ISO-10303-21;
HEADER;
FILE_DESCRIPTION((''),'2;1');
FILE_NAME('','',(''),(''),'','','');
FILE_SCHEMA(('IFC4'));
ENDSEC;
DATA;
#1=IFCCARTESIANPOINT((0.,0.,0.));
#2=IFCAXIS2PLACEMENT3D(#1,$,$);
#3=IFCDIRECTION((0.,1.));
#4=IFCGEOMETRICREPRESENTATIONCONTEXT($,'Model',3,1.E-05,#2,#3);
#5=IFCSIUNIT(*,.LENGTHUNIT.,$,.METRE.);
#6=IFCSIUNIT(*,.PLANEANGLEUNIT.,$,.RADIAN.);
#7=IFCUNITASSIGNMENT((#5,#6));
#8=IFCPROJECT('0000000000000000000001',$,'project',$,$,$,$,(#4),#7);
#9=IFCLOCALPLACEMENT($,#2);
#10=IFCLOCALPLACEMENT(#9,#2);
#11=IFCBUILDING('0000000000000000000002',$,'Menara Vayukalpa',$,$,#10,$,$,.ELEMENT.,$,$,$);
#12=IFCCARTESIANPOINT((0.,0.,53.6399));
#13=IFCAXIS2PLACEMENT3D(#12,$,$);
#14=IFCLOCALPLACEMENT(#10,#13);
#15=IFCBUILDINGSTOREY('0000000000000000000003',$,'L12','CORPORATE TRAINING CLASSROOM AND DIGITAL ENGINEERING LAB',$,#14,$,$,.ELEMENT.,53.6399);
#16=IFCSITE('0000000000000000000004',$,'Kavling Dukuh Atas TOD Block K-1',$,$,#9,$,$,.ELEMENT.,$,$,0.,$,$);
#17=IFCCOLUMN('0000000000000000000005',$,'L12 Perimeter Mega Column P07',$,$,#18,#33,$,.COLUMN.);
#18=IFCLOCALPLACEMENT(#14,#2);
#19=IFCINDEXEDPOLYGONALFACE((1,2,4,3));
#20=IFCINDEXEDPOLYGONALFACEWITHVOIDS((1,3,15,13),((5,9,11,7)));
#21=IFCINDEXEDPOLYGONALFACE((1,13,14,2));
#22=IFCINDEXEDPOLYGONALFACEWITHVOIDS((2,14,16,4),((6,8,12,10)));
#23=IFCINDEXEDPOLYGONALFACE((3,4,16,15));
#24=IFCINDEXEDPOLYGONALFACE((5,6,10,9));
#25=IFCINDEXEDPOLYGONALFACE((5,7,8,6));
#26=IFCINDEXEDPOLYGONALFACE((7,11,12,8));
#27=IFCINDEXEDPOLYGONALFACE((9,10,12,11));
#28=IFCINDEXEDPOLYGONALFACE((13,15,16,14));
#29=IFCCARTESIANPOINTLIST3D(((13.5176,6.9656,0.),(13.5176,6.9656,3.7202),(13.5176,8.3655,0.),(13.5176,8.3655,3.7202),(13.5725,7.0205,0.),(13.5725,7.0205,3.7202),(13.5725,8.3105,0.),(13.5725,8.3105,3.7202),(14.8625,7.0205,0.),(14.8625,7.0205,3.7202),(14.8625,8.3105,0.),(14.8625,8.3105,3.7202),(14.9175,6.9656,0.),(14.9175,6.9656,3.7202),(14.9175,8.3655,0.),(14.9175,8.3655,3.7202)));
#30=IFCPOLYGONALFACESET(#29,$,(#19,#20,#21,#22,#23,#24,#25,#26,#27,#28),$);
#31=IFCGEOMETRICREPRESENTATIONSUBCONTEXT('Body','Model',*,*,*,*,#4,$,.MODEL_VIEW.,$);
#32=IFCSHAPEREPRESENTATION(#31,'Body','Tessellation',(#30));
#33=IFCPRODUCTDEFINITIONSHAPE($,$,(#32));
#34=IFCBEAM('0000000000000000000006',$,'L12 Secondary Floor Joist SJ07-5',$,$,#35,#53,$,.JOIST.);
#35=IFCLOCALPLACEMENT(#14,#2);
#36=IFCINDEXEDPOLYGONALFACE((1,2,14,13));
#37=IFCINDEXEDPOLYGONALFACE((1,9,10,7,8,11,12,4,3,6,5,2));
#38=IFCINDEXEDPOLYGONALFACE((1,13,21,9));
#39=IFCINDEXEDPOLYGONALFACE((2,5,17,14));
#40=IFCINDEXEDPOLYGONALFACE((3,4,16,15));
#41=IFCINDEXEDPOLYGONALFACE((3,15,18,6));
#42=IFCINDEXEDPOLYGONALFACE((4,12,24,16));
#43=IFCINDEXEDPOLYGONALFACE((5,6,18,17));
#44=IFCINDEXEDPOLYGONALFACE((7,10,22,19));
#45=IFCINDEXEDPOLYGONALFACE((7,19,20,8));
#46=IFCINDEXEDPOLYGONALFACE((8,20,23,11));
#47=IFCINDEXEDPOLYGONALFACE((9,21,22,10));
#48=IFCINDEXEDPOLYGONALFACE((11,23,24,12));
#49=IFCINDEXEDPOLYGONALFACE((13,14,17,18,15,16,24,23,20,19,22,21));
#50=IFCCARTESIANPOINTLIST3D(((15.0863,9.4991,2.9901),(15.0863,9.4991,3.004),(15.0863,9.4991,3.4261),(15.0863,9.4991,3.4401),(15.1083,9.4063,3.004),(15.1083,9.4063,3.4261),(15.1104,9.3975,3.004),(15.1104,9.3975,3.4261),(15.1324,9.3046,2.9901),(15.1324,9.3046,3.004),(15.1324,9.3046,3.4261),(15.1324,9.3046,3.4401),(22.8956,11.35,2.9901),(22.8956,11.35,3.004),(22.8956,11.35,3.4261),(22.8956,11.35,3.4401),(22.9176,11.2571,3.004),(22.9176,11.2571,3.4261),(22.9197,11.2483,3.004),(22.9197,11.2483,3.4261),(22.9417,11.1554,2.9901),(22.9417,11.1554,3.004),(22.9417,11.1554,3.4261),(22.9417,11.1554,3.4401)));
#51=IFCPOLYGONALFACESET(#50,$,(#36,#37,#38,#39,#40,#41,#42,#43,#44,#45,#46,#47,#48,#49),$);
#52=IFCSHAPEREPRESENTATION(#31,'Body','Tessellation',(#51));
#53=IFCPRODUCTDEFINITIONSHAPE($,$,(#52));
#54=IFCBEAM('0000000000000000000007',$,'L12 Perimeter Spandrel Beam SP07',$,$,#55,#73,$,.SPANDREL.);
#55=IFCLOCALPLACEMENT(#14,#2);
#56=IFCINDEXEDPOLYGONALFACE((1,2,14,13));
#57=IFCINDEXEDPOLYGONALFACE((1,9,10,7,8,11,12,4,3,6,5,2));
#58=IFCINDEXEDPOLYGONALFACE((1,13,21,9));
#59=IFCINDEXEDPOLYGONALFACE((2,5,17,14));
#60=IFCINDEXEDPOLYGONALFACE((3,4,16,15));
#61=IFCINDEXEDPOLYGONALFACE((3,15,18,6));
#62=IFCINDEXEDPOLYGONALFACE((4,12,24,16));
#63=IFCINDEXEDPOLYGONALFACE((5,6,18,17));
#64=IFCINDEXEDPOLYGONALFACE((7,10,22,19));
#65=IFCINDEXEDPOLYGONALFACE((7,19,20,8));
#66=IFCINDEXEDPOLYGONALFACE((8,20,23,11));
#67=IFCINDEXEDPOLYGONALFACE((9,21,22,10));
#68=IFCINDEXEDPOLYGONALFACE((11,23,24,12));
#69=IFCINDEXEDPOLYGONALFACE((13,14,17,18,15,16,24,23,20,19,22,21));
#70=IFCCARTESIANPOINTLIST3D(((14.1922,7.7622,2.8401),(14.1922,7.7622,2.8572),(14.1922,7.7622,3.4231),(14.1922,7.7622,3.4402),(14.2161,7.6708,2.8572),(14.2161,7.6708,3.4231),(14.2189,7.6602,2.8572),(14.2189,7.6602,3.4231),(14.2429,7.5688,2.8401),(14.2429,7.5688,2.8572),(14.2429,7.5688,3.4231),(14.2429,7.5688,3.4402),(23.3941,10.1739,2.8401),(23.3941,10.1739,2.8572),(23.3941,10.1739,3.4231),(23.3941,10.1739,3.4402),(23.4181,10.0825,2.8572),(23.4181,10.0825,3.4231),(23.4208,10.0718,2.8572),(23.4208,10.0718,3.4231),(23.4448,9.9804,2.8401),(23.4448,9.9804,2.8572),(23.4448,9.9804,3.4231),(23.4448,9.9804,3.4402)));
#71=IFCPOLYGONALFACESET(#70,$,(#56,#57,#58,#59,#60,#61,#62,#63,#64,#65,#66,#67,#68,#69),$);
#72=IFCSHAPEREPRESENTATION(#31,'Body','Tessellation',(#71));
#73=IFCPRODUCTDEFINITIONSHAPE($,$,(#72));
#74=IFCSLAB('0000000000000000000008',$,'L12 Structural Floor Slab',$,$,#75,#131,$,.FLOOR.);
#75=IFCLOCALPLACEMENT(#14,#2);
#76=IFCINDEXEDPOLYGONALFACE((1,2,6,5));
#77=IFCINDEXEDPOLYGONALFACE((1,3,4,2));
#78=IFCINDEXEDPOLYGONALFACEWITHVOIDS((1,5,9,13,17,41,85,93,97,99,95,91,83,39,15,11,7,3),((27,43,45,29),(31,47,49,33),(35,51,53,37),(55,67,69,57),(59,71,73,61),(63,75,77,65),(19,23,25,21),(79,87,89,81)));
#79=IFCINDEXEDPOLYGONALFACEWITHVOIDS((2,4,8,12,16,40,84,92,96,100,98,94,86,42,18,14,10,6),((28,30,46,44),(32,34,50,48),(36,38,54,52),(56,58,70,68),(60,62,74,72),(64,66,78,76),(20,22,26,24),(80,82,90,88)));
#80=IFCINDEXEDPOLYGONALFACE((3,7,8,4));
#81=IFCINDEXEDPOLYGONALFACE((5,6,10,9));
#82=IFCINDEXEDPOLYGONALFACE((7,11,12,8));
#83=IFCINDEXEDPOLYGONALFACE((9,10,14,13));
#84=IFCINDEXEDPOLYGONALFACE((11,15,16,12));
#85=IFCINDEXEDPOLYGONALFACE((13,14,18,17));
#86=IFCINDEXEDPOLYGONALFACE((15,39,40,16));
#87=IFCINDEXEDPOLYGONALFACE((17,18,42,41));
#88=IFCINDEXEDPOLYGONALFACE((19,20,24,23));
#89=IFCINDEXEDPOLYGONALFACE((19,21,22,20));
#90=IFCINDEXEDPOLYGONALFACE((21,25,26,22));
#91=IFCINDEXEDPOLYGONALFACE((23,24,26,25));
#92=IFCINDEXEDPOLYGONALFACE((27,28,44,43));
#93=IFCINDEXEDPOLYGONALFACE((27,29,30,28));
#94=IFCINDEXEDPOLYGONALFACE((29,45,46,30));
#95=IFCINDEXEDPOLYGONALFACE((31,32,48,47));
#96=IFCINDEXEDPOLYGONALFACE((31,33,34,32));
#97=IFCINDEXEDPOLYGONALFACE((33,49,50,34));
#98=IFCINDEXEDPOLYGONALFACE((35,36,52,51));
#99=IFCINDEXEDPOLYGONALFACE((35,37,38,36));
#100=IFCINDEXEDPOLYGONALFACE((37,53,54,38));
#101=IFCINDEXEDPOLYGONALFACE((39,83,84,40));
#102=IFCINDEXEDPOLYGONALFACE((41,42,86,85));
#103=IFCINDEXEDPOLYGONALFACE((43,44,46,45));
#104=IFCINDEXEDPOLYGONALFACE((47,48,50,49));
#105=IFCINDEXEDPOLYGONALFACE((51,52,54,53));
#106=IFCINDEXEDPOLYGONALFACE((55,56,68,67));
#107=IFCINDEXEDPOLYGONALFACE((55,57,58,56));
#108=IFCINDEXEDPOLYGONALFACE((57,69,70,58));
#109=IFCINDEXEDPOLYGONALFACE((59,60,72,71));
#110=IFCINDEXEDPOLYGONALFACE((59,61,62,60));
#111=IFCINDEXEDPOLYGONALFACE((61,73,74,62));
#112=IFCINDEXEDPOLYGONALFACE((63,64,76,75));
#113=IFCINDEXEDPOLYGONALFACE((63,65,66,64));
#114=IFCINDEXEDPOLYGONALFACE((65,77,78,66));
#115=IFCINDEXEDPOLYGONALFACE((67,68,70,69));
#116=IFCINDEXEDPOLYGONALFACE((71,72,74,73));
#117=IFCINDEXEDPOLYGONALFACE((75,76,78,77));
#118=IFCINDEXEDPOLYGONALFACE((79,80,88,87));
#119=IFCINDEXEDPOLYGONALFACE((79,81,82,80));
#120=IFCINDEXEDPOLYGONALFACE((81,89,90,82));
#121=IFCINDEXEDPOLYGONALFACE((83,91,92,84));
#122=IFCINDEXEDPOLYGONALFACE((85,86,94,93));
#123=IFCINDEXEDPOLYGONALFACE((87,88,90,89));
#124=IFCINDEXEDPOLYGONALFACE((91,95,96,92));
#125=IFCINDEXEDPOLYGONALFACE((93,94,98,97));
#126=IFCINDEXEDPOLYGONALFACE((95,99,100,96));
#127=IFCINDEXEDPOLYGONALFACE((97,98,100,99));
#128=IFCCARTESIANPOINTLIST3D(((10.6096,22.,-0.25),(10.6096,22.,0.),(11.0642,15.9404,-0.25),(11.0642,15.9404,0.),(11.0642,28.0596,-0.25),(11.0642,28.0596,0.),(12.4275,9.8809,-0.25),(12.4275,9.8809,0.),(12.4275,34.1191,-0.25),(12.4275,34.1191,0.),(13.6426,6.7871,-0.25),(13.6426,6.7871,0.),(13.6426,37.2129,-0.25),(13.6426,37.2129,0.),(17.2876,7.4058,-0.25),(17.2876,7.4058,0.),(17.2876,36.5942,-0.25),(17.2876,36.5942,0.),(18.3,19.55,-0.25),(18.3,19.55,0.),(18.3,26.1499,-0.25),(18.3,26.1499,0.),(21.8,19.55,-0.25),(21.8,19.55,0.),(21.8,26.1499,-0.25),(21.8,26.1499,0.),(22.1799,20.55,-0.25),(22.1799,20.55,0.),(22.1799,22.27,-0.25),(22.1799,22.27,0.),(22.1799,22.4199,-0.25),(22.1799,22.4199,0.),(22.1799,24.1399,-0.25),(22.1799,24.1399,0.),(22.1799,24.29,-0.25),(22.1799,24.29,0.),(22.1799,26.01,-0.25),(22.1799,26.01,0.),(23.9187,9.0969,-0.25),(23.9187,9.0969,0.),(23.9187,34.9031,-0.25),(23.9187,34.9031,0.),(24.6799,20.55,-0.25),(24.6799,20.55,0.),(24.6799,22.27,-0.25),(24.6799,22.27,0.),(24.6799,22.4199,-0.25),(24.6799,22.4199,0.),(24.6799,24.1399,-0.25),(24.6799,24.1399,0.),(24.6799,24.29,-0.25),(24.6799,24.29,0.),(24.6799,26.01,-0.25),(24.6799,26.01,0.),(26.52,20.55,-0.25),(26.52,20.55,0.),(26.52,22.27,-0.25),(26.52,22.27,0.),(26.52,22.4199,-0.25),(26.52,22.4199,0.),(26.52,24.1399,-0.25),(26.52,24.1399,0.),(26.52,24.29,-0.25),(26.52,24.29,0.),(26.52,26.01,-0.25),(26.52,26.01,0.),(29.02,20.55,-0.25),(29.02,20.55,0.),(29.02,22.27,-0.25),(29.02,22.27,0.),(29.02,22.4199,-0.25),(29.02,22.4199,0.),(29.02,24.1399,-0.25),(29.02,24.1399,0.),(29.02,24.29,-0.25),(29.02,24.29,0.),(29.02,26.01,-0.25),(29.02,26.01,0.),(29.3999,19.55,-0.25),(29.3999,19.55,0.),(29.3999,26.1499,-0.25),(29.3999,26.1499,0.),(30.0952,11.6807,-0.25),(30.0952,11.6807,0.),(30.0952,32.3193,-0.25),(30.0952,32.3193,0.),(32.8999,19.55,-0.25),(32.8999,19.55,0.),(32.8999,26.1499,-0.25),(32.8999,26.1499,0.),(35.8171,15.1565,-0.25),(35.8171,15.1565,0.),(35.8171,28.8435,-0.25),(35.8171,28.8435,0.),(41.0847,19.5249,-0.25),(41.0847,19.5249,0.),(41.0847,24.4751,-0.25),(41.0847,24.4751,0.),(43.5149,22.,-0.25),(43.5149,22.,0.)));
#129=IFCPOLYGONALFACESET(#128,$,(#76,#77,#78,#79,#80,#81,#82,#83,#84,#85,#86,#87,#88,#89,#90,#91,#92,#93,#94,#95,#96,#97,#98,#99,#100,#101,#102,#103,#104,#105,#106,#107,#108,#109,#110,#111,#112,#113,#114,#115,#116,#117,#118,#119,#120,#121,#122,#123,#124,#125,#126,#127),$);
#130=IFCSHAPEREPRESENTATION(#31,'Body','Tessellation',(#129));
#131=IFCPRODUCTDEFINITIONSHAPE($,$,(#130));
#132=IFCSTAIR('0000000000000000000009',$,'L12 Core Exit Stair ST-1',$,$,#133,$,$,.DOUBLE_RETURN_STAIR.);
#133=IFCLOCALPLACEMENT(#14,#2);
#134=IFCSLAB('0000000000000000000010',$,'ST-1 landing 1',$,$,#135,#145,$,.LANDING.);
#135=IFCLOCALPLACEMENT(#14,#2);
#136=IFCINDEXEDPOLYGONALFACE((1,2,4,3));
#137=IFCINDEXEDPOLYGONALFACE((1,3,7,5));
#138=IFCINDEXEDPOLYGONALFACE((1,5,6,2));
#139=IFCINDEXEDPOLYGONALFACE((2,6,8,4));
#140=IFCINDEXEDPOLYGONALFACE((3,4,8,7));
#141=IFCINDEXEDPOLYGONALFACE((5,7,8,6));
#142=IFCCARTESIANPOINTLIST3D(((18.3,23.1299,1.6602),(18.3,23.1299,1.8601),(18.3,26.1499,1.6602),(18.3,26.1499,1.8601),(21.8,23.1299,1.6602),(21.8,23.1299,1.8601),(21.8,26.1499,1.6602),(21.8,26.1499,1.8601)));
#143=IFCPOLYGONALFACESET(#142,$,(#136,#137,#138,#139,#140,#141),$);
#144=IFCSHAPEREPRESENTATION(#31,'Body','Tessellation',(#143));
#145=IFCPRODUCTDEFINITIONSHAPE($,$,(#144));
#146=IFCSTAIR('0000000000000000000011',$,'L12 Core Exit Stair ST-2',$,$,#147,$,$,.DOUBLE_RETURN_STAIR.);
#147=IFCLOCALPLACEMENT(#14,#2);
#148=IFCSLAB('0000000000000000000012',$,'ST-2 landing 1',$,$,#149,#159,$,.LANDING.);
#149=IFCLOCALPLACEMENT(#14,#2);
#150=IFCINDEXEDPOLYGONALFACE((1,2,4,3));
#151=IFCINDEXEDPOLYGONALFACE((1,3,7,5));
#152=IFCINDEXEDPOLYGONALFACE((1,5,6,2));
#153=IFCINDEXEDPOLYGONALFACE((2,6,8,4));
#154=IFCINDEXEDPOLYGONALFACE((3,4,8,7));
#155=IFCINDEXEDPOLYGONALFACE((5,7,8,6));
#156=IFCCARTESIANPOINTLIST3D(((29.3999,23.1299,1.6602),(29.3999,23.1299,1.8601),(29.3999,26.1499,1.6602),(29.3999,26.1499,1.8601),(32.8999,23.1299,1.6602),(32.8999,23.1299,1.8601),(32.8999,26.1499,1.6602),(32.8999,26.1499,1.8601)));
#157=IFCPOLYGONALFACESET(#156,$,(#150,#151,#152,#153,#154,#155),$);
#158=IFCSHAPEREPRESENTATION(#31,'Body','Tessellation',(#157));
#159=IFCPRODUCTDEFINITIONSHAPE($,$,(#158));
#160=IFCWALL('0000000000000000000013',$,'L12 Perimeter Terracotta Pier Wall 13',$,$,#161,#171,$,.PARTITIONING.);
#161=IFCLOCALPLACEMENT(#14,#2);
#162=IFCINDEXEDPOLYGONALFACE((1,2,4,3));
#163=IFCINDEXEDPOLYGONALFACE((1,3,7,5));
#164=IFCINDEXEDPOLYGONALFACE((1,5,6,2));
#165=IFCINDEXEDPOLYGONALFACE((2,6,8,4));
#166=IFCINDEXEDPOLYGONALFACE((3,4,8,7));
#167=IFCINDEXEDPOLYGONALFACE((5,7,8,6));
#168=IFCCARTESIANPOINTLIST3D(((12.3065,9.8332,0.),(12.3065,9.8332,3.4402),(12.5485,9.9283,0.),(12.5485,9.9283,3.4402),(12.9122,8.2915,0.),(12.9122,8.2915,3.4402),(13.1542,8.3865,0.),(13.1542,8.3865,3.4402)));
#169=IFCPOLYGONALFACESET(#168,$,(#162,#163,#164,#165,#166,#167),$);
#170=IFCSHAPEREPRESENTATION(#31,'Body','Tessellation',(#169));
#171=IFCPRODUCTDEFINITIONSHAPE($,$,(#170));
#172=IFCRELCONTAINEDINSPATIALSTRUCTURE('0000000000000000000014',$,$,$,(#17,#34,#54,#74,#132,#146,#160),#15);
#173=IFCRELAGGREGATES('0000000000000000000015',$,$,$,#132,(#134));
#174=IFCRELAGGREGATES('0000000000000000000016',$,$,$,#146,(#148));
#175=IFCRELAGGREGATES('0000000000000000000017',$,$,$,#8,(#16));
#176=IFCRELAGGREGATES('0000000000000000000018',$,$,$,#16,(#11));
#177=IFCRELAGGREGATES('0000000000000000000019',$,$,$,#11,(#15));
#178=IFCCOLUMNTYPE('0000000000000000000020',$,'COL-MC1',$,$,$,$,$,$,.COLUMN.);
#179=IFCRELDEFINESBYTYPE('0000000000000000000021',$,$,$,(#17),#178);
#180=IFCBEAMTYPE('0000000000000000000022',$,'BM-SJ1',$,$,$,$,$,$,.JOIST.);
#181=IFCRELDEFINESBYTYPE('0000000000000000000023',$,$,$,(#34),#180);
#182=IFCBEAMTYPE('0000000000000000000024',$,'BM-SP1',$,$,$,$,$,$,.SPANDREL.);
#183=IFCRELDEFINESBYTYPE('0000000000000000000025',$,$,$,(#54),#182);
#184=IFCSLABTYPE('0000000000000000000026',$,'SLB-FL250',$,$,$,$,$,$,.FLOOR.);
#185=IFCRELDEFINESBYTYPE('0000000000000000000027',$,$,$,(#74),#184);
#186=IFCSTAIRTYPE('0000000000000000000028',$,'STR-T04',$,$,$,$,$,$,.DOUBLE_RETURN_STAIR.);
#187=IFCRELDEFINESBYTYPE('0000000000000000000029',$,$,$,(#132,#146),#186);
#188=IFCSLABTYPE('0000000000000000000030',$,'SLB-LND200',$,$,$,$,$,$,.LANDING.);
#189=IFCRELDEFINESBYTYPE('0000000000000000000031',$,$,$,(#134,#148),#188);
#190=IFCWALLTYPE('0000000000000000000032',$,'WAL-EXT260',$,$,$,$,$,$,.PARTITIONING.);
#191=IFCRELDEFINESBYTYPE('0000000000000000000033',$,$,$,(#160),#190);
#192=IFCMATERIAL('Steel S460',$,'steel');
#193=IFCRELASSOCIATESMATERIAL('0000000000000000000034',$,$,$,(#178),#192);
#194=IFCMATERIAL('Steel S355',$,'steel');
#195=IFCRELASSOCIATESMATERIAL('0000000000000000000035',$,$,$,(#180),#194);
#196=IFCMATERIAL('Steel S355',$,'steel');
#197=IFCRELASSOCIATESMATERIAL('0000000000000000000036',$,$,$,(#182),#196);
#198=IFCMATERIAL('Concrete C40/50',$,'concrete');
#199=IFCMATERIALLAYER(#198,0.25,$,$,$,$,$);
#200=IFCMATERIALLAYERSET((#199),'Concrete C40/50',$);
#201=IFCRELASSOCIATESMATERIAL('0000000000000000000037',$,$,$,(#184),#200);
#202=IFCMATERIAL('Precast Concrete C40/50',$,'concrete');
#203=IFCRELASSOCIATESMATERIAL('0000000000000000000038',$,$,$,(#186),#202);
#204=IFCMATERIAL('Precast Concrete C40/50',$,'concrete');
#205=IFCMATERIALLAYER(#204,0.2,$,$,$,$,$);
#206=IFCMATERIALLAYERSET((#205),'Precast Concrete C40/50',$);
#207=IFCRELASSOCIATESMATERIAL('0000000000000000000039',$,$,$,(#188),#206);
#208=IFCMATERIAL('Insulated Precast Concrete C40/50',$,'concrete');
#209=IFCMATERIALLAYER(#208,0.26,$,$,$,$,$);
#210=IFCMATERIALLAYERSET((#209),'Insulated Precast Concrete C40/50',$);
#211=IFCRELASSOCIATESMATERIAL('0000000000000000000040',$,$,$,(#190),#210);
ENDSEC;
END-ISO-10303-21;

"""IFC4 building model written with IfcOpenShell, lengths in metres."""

from ifc_helpers import new_model, si_unit, direction, frame, frame_2d, origin, origin_2d, place, context, subcontext, project, spatial, polyline, rectangle, hollow_rectangle, i_section, outline, extrude, material, layer, layer_set, material_profile, profile_set, type_object, element, aggregate, save


model = new_model("IFC4")

# Units and contexts
model_context = context("Model", 3, precision=1e-05, world=origin(), true_north=direction((0.0, 1.0)))
body_context = subcontext(model_context, "Body", "Model", "MODEL_VIEW")
ifc_project = project(units=[si_unit("LENGTHUNIT", "METRE"), si_unit("PLANEANGLEUNIT", "RADIAN")], contexts=[model_context])

# Site, building, storey
site_placement = place(None, origin())
site = spatial("IfcSite", under=ifc_project, at=site_placement, Name="Kavling Dukuh Atas TOD Block K-1", CompositionType="ELEMENT", RefElevation=0.0)
building_placement = place(site_placement, origin())
building = spatial("IfcBuilding", under=site, at=building_placement, Name="Menara Vayukalpa", CompositionType="ELEMENT")
storey_placement = place(building_placement, frame((0.0, 0.0, 53.6399)))
storey = spatial("IfcBuildingStorey", under=building, at=storey_placement, Name="L12", Description="CORPORATE TRAINING CLASSROOM AND DIGITAL ENGINEERING LAB", CompositionType="ELEMENT", Elevation=53.6399)

# Column
ifc_material_1 = material(Name="Steel S460", Category="steel")
ifc_material_profile_1 = material_profile(ifc_material_1, hollow_rectangle(XDim=1.3999, YDim=1.3999, WallThickness=0.0549, at=origin_2d()), Name="BOX 1400x1400x55")
ifc_profile_set_1 = profile_set([ifc_material_profile_1], Name="Steel S460")
column_type = type_object("IfcColumnType", Name="COL-MC1", PredefinedType="COLUMN", material=ifc_profile_set_1)
column_placement = place(storey_placement, frame((14.2175, 7.6655, 0.0), z_axis=(0.0, 0.0, 1.0), x_axis=(1.0, 0.0, 0.0)))
element("IfcColumn", 1, at=column_placement, inside=storey, type_object=column_type, Name="L12 Perimeter Mega Column P07", PredefinedType="COLUMN", context=body_context, shape_type="SweptSolid", body=[
    extrude(hollow_rectangle(XDim=1.3999, YDim=1.3999, WallThickness=0.0549, at=origin_2d()), origin(), (0.0, 0.0, 1.0), 3.7202),
])

# Beams
ifc_material_2 = material(Name="Steel S355", Category="steel")
ifc_material_profile_2 = material_profile(ifc_material_2, i_section(OverallWidth=0.2, OverallDepth=0.45, WebThickness=0.009, FlangeThickness=0.0139, at=origin_2d()), Name="WF 450x200x9x14")
ifc_profile_set_2 = profile_set([ifc_material_profile_2], Name="Steel S355")
beam_type_1 = type_object("IfcBeamType", Name="BM-SJ1", PredefinedType="JOIST", material=ifc_profile_set_2)
beam_1_placement = place(storey_placement, frame((15.1094, 9.4019, 3.2151), z_axis=(0.973045, 0.230614, 0.0), x_axis=(-0.230614, 0.973045, 0.0)))
element("IfcBeam", 2, at=beam_1_placement, inside=storey, type_object=beam_type_1, Name="L12 Secondary Floor Joist SJ07-5", PredefinedType="JOIST", context=body_context, shape_type="SweptSolid", body=[
    extrude(i_section(OverallWidth=0.2, OverallDepth=0.45, WebThickness=0.009, FlangeThickness=0.0139, at=origin_2d()), origin(), (0.0, 0.0, 1.0), 8.0256),
])
ifc_material_3 = material(Name="Steel S355", Category="steel")
ifc_material_profile_3 = material_profile(ifc_material_3, i_section(OverallWidth=0.2, OverallDepth=0.6001, WebThickness=0.011, FlangeThickness=0.0171, at=origin_2d()), Name="WF 600x200x11x17")
ifc_profile_set_3 = profile_set([ifc_material_profile_3], Name="Steel S355")
beam_type_2 = type_object("IfcBeamType", Name="BM-SP1", PredefinedType="SPANDREL", material=ifc_profile_set_3)
beam_2_placement = place(storey_placement, frame((14.2175, 7.6655, 3.1401), z_axis=(0.967331, 0.253517, 0.0), x_axis=(-0.253517, 0.967331, 0.0)))
element("IfcBeam", 3, at=beam_2_placement, inside=storey, type_object=beam_type_2, Name="L12 Perimeter Spandrel Beam SP07", PredefinedType="SPANDREL", context=body_context, shape_type="SweptSolid", body=[
    extrude(i_section(OverallWidth=0.2, OverallDepth=0.6001, WebThickness=0.011, FlangeThickness=0.0171, at=origin_2d()), origin(), (0.0, 0.0, 1.0), 9.5127),
])

# Slab
ifc_material_4 = material(Name="Concrete C40/50", Category="concrete")
ifc_layer_1 = layer(ifc_material_4, 0.25)
ifc_layer_set_1 = layer_set([ifc_layer_1], Name="Concrete C40/50")
slab_type_1 = type_object("IfcSlabType", Name="SLB-FL250", PredefinedType="FLOOR", material=ifc_layer_set_1)
slab_1_placement = place(storey_placement, frame((0.0, 0.0, -0.25)))
element("IfcSlab", 4, at=slab_1_placement, inside=storey, type_object=slab_type_1, Name="L12 Structural Floor Slab", PredefinedType="FLOOR", context=body_context, shape_type="SweptSolid", body=[
    extrude(outline(polyline([(41.0847, 19.5249), (43.5149, 22.0), (41.0847, 24.4751), (35.8171, 28.8435), (30.0952, 32.3193), (23.9187, 34.9031), (17.2876, 36.5942), (13.6426, 37.2129), (12.4275, 34.1191), (11.0642, 28.0596), (10.6096, 22.0), (11.0642, 15.9404), (12.4275, 9.8809), (13.6426, 6.7871), (17.2876, 7.4058), (23.9187, 9.0969), (30.0952, 11.6807), (35.8171, 15.1565), (41.0847, 19.5249)]), holes=[polyline([(21.8, 19.55), (21.8, 26.1499), (18.3, 26.1499), (18.3, 19.55), (21.8, 19.55)]), polyline([(32.8999, 19.55), (32.8999, 26.1499), (29.3999, 26.1499), (29.3999, 19.55), (32.8999, 19.55)]), polyline([(22.1799, 20.55), (24.6799, 20.55), (24.6799, 22.27), (22.1799, 22.27), (22.1799, 20.55)]), polyline([(26.52, 20.55), (29.02, 20.55), (29.02, 22.27), (26.52, 22.27), (26.52, 20.55)]), polyline([(22.1799, 22.4199), (24.6799, 22.4199), (24.6799, 24.1399), (22.1799, 24.1399), (22.1799, 22.4199)]), polyline([(22.1799, 24.29), (24.6799, 24.29), (24.6799, 26.01), (22.1799, 26.01), (22.1799, 24.29)]), polyline([(26.52, 24.29), (29.02, 24.29), (29.02, 26.01), (26.52, 26.01), (26.52, 24.29)]), polyline([(26.52, 22.4199), (29.02, 22.4199), (29.02, 24.1399), (26.52, 24.1399), (26.52, 22.4199)])]), origin(), (0.0, 0.0, 1.0), 0.25),
])

# Stairs, slabs
ifc_material_5 = material(Name="Precast Concrete C40/50", Category="concrete")
stair_type = type_object("IfcStairType", Name="STR-T04", PredefinedType="DOUBLE_RETURN_STAIR", material=ifc_material_5)
stair_1_placement = place(storey_placement, origin())
stair_1 = element("IfcStair", 5, at=stair_1_placement, inside=storey, type_object=stair_type, Name="L12 Core Exit Stair ST-1", PredefinedType="DOUBLE_RETURN_STAIR")
ifc_material_6 = material(Name="Precast Concrete C40/50", Category="concrete")
ifc_layer_2 = layer(ifc_material_6, 0.2)
ifc_layer_set_2 = layer_set([ifc_layer_2], Name="Precast Concrete C40/50")
slab_type_2 = type_object("IfcSlabType", Name="SLB-LND200", PredefinedType="LANDING", material=ifc_layer_set_2)
slab_2_placement = place(storey_placement, frame((0.0, 0.0, 1.6602)))
slab_2 = element("IfcSlab", 6, at=slab_2_placement, type_object=slab_type_2, Name="ST-1 landing 1", PredefinedType="LANDING", context=body_context, shape_type="SweptSolid", body=[
    extrude(outline(polyline([(21.8, 23.1299), (21.8, 26.1499), (18.3, 26.1499), (18.3, 23.1299), (21.8, 23.1299)])), origin(), (0.0, 0.0, 1.0), 0.2),
])
aggregate(stair_1, [slab_2])
stair_2_placement = place(storey_placement, origin())
stair_2 = element("IfcStair", 7, at=stair_2_placement, inside=storey, type_object=stair_type, Name="L12 Core Exit Stair ST-2", PredefinedType="DOUBLE_RETURN_STAIR")
slab_3_placement = place(storey_placement, frame((0.0, 0.0, 1.6602)))
slab_3 = element("IfcSlab", 8, at=slab_3_placement, type_object=slab_type_2, Name="ST-2 landing 1", PredefinedType="LANDING", context=body_context, shape_type="SweptSolid", body=[
    extrude(outline(polyline([(32.8999, 23.1299), (32.8999, 26.1499), (29.3999, 26.1499), (29.3999, 23.1299), (32.8999, 23.1299)])), origin(), (0.0, 0.0, 1.0), 0.2),
])
aggregate(stair_2, [slab_3])

# Wall
ifc_material_7 = material(Name="Insulated Precast Concrete C40/50", Category="concrete")
ifc_layer_3 = layer(ifc_material_7, 0.26)
ifc_layer_set_3 = layer_set([ifc_layer_3], Name="Insulated Precast Concrete C40/50")
wall_type_1 = type_object("IfcWallType", Name="WAL-EXT260", PredefinedType="PARTITIONING", material=ifc_layer_set_3)
wall_1_placement = place(storey_placement, frame((13.0332, 8.3391, 0.0), z_axis=(0.0, 0.0, 1.0), x_axis=(-0.365666, 0.930746, 0.0)))
element("IfcWall", 9, at=wall_1_placement, inside=storey, type_object=wall_type_1, Name="L12 Perimeter Terracotta Pier Wall 13", PredefinedType="PARTITIONING", context=body_context, shape_type="SweptSolid", body=[
    extrude(rectangle(XDim=1.6565, YDim=0.26, at=frame_2d((0.8281, 0.0))), origin(), (0.0, 0.0, 1.0), 3.4402),
])

save(model, "model.ifc")
